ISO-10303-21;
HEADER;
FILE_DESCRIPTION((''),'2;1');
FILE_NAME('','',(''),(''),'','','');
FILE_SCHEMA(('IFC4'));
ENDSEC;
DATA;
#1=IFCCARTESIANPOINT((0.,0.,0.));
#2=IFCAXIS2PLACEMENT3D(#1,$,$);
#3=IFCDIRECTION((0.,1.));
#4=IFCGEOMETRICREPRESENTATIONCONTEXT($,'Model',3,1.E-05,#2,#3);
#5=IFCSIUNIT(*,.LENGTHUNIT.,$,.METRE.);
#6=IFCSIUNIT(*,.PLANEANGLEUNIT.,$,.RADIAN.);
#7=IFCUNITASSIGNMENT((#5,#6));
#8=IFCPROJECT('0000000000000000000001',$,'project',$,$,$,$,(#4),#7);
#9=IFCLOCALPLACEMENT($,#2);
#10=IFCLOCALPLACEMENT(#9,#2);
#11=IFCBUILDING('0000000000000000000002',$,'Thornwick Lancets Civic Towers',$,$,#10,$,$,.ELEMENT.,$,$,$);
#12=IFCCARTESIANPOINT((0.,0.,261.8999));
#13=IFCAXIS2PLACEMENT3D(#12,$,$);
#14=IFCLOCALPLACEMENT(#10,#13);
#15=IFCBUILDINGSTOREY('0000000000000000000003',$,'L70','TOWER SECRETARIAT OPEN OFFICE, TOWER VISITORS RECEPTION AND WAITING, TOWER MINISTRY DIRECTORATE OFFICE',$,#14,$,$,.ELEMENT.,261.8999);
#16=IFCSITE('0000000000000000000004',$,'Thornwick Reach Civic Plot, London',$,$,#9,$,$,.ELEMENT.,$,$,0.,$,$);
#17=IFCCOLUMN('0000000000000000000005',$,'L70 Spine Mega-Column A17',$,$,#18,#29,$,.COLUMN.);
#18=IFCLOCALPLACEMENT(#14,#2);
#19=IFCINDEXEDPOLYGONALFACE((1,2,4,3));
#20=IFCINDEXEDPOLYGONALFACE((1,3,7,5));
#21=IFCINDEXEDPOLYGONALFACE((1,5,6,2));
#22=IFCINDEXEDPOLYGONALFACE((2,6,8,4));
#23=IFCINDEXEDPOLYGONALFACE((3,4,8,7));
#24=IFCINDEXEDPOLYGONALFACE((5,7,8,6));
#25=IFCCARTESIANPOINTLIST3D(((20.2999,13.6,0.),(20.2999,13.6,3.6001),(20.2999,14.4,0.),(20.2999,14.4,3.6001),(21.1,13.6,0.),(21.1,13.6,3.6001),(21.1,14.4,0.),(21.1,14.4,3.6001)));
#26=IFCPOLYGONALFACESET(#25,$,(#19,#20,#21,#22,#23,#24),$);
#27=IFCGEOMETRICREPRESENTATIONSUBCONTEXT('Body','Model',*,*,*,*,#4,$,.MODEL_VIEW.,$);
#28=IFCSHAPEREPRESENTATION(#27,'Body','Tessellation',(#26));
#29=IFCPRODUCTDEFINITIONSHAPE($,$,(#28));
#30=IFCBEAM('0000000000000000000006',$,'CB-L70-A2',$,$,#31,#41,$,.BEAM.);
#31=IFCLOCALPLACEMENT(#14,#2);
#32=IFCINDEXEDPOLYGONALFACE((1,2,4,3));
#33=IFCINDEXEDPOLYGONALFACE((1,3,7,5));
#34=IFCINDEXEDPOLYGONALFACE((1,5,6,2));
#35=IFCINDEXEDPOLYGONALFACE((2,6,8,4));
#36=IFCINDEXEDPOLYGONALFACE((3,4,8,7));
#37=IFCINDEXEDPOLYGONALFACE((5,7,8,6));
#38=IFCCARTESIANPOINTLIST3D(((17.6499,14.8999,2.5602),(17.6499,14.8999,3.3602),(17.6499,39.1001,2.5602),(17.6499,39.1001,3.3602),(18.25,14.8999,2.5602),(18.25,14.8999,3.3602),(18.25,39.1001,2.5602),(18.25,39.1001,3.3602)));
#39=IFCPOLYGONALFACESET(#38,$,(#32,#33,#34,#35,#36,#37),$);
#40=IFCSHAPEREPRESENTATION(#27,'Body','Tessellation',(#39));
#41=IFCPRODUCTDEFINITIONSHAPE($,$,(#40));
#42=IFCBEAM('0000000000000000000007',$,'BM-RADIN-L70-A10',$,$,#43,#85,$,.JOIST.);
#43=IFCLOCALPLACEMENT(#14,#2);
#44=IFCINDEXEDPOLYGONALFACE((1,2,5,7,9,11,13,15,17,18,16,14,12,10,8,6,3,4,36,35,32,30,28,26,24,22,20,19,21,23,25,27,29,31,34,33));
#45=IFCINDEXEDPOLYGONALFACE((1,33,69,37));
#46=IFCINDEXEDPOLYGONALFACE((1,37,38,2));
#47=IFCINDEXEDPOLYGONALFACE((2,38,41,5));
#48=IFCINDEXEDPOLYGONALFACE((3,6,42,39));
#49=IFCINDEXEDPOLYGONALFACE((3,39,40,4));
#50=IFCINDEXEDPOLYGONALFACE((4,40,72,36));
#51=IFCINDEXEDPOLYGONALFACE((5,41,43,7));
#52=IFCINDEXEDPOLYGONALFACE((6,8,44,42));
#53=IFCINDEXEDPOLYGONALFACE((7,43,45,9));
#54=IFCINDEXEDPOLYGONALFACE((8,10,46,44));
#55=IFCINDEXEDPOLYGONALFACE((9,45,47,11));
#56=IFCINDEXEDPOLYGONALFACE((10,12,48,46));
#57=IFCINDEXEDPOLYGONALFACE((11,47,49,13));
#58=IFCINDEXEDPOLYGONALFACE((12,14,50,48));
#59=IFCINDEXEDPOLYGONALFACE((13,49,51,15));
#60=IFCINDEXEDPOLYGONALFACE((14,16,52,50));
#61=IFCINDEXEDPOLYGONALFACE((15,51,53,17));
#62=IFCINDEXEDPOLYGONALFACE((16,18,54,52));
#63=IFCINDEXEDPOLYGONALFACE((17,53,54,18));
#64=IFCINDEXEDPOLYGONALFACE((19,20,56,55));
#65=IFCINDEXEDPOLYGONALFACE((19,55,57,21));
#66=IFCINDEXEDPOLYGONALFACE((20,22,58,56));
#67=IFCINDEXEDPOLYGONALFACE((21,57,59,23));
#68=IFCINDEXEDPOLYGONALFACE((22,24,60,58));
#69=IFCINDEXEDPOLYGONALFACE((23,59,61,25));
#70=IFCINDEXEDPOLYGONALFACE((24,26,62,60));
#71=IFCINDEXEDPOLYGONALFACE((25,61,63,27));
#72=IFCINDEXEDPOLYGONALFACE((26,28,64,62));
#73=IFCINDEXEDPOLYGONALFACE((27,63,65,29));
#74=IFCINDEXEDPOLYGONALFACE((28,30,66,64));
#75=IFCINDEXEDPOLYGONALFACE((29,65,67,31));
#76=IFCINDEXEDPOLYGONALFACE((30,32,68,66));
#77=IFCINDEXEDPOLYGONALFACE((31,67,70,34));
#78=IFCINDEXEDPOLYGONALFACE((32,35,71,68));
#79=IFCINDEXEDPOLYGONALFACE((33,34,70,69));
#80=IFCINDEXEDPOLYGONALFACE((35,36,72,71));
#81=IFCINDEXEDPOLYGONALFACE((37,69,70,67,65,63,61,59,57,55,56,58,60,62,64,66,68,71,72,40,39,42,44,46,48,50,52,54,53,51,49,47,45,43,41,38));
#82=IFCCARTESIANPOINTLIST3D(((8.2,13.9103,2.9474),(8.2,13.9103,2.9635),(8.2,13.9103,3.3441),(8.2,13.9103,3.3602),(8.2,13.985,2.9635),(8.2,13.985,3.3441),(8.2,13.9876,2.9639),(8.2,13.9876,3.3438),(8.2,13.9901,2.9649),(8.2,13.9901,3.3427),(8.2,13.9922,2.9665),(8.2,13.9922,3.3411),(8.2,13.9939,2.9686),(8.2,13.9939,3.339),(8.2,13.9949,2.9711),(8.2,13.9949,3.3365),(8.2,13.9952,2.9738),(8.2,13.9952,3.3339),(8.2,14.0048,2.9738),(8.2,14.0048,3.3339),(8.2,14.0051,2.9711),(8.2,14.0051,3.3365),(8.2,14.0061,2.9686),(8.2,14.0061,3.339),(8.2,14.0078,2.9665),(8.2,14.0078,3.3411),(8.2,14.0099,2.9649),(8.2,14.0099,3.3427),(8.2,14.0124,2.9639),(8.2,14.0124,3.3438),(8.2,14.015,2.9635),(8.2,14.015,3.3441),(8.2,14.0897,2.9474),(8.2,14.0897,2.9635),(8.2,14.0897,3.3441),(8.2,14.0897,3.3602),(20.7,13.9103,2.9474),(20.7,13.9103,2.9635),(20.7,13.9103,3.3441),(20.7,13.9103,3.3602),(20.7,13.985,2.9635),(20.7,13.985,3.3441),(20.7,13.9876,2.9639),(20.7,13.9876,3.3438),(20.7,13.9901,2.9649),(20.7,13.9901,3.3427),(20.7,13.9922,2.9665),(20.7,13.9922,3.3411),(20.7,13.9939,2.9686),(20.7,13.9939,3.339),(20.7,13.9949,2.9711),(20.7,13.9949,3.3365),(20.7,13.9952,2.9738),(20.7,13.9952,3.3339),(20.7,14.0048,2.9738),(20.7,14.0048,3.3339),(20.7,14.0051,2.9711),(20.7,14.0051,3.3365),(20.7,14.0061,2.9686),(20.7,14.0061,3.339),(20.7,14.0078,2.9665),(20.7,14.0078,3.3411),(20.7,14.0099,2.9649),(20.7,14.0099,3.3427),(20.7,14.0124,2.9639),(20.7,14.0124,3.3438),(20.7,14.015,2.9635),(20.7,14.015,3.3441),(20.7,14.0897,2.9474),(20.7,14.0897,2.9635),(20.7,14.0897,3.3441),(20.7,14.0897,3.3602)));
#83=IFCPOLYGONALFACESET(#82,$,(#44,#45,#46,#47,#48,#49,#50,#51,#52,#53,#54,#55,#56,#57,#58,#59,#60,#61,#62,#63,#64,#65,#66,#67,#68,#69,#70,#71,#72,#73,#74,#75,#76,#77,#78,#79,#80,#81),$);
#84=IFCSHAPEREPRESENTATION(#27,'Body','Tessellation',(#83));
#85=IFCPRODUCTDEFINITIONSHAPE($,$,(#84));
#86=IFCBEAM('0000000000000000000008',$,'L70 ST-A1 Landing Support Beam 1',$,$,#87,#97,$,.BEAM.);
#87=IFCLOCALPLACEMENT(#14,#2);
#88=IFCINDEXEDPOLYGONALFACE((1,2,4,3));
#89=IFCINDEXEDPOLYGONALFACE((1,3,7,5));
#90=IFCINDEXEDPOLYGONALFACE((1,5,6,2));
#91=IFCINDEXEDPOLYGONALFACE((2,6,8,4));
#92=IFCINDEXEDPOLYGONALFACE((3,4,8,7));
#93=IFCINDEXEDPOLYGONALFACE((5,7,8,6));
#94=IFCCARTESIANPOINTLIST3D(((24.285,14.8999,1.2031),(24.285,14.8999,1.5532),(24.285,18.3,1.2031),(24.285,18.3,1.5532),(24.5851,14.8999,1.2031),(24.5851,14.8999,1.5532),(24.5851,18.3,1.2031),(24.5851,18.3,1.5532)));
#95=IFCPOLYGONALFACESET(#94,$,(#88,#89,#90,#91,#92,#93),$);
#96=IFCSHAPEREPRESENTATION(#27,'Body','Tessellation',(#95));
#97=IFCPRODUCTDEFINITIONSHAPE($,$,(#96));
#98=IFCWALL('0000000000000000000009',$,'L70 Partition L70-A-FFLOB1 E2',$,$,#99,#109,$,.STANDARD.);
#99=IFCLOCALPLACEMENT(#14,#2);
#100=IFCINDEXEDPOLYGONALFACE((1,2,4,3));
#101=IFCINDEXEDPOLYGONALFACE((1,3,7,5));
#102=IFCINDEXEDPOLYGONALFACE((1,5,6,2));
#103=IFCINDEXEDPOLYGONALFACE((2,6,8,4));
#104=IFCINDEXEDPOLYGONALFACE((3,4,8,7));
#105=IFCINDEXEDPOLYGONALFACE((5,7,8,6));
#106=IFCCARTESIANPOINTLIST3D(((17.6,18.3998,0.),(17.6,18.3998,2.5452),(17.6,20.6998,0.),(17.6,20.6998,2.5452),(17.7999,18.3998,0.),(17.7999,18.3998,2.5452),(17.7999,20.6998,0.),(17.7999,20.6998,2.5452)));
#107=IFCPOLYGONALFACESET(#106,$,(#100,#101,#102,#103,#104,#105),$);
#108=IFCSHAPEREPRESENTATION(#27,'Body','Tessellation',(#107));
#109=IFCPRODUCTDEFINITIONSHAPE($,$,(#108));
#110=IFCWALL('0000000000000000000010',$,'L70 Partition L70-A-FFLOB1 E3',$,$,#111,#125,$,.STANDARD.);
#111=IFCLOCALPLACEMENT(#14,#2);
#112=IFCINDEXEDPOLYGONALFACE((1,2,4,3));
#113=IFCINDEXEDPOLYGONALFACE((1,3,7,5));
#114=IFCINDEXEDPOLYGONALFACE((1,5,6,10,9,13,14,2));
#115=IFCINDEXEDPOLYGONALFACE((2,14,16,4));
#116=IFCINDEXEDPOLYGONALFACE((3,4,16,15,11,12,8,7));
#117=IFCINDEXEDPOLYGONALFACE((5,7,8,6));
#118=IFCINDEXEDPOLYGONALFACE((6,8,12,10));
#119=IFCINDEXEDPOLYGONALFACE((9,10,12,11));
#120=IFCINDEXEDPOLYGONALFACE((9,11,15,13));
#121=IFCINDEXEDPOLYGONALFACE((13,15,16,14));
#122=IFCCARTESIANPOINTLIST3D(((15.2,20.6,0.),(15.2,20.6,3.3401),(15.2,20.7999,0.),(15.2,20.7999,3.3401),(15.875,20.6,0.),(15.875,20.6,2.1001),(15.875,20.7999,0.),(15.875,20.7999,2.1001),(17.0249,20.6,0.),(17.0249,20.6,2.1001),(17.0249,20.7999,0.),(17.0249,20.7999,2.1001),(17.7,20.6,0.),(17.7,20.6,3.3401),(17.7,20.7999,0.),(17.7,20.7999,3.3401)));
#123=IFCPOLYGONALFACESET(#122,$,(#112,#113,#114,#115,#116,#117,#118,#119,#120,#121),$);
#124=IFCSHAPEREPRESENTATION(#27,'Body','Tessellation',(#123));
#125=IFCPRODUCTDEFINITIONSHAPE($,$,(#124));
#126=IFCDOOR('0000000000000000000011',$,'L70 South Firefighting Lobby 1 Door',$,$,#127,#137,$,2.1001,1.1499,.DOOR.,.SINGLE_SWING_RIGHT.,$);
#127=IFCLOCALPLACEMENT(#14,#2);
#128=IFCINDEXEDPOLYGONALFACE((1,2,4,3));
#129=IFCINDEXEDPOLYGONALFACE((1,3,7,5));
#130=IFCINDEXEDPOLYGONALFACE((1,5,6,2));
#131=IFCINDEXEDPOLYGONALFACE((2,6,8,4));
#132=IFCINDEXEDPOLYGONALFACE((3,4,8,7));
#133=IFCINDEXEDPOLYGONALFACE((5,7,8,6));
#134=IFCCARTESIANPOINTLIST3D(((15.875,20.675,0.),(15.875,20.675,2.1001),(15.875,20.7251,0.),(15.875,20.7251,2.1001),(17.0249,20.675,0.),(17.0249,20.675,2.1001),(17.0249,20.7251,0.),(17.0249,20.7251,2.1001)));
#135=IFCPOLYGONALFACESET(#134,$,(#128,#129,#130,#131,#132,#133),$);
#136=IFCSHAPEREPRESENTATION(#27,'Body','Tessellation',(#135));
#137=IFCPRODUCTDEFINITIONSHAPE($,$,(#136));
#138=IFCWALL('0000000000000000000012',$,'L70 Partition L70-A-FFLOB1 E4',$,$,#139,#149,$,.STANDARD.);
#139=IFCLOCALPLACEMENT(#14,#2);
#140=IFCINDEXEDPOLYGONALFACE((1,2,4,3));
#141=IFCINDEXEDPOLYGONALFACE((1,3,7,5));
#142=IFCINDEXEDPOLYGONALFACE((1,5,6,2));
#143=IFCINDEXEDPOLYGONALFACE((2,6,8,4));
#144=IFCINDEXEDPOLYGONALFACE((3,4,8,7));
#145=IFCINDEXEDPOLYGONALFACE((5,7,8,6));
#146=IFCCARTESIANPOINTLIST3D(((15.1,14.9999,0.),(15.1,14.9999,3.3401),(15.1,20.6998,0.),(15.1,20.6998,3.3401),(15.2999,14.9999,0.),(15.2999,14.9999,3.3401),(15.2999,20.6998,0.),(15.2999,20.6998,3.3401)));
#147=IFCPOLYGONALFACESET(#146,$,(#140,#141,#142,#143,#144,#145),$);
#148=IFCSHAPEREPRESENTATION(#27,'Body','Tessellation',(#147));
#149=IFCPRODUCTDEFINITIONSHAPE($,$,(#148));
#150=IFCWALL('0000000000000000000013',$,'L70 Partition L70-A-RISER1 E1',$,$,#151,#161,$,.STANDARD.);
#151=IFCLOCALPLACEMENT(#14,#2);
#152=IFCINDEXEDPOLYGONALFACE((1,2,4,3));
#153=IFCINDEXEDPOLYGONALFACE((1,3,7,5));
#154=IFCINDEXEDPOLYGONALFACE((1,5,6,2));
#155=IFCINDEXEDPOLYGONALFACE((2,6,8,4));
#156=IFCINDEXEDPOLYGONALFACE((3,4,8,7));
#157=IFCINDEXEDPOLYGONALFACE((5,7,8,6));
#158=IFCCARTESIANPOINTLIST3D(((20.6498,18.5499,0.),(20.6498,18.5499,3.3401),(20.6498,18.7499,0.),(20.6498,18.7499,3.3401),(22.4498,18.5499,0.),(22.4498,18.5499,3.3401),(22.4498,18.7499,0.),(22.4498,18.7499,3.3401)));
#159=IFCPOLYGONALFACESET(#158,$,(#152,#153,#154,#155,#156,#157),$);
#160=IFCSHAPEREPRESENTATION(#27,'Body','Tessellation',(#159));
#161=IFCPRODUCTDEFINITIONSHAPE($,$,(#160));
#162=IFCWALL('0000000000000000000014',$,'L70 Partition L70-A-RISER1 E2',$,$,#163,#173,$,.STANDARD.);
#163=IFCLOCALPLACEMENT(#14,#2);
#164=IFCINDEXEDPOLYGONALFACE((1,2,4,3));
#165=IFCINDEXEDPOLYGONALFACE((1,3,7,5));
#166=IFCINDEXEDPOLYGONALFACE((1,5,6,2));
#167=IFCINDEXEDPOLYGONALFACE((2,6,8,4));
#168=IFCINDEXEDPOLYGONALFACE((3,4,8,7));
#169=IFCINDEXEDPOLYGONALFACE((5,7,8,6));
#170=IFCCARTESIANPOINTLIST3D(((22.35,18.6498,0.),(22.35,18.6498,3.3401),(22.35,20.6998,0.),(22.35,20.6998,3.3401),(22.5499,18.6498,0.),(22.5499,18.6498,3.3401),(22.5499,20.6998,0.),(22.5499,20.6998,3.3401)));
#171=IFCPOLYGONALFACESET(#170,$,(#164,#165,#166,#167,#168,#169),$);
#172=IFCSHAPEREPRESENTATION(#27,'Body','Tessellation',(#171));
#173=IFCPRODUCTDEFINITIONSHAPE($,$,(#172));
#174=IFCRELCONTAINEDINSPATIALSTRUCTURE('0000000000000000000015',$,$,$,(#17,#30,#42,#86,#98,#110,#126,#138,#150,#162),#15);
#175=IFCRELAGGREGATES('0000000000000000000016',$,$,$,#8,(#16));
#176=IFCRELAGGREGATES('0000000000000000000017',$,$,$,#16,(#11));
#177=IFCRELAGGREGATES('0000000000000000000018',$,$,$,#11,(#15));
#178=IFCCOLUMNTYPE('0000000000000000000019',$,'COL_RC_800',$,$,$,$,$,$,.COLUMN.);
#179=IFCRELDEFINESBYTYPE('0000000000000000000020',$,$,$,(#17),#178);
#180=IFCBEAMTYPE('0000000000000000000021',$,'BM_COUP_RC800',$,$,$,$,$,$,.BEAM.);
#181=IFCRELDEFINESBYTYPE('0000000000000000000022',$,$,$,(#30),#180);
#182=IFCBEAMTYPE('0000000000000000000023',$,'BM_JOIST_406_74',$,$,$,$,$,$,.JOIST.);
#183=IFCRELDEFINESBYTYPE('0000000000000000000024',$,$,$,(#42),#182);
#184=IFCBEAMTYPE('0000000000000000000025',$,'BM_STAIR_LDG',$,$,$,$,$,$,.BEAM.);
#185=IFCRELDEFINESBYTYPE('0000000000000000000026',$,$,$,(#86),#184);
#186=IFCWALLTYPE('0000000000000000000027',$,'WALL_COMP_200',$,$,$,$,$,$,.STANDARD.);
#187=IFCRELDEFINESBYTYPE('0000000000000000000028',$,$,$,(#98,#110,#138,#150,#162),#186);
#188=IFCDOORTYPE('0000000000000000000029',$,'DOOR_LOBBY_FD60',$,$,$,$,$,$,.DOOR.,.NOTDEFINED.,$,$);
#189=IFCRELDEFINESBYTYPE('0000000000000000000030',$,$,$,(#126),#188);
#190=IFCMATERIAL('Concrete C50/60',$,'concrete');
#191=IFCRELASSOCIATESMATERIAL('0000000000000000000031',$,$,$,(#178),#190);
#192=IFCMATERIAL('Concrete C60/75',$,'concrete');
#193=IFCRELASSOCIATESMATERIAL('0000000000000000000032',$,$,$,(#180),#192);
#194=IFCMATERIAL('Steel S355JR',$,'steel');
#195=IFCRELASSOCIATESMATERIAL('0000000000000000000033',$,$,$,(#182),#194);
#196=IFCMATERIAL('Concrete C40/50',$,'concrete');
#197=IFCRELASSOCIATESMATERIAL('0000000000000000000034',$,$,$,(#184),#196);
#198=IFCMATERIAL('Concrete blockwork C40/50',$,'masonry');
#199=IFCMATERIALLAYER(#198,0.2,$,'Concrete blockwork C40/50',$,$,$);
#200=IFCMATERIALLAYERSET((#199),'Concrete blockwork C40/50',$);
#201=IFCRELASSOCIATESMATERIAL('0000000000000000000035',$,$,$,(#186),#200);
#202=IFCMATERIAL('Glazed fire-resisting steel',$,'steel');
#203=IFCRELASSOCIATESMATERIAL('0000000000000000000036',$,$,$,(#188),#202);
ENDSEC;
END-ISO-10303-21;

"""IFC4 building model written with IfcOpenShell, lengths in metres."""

from ifc_helpers import new_model, si_unit, direction, frame, frame_2d, origin, origin_2d, place, context, subcontext, project, spatial, rectangle, i_section, extrude, material, layer, layer_set, material_profile, profile_set, type_object, element, fill, save


model = new_model("IFC4")

# Units and contexts
model_context = context("Model", 3, precision=1e-05, world=origin(), true_north=direction((0.0, 1.0)))
body_context = subcontext(model_context, "Body", "Model", "MODEL_VIEW")
ifc_project = project(units=[si_unit("LENGTHUNIT", "METRE"), si_unit("PLANEANGLEUNIT", "RADIAN")], contexts=[model_context])

# Site, building, storey
site_placement = place(None, origin())
site = spatial("IfcSite", under=ifc_project, at=site_placement, Name="Thornwick Reach Civic Plot, London", CompositionType="ELEMENT", RefElevation=0.0)
building_placement = place(site_placement, origin())
building = spatial("IfcBuilding", under=site, at=building_placement, Name="Thornwick Lancets Civic Towers", CompositionType="ELEMENT")
storey_placement = place(building_placement, frame((0.0, 0.0, 261.8999)))
storey = spatial("IfcBuildingStorey", under=building, at=storey_placement, Name="L70", Description="TOWER SECRETARIAT OPEN OFFICE, TOWER VISITORS RECEPTION AND WAITING, TOWER MINISTRY DIRECTORATE OFFICE", CompositionType="ELEMENT", Elevation=261.8999)

# Column
ifc_material_1 = material(Name="Concrete C50/60", Category="concrete")
ifc_material_profile_1 = material_profile(ifc_material_1, rectangle(XDim=0.8, YDim=0.8, at=origin_2d()), Name="RC 800x800")
ifc_profile_set_1 = profile_set([ifc_material_profile_1], Name="Concrete C50/60")
column_type = type_object("IfcColumnType", Name="COL_RC_800", PredefinedType="COLUMN", material=ifc_profile_set_1)
column_placement = place(storey_placement, frame((20.7, 14.0, 0.0), z_axis=(0.0, 0.0, 1.0), x_axis=(1.0, 0.0, 0.0)))
element("IfcColumn", 1, at=column_placement, inside=storey, type_object=column_type, Name="L70 Spine Mega-Column A17", PredefinedType="COLUMN", context=body_context, shape_type="SweptSolid", body=[
    extrude(rectangle(XDim=0.8, YDim=0.8, at=origin_2d()), origin(), (0.0, 0.0, 1.0), 3.6001),
])

# Beams
ifc_material_2 = material(Name="Concrete C60/75", Category="concrete")
ifc_material_profile_2 = material_profile(ifc_material_2, rectangle(XDim=0.6001, YDim=0.8, at=origin_2d()), Name="RC 600x800")
ifc_profile_set_2 = profile_set([ifc_material_profile_2], Name="Concrete C60/75")
beam_type_1 = type_object("IfcBeamType", Name="BM_COUP_RC800", PredefinedType="BEAM", material=ifc_profile_set_2)
beam_1_placement = place(storey_placement, frame((17.95, 14.8999, 2.9602), z_axis=(0.0, 1.0, 0.0), x_axis=(-1.0, 0.0, 0.0)))
element("IfcBeam", 2, at=beam_1_placement, inside=storey, type_object=beam_type_1, Name="CB-L70-A2", PredefinedType="BEAM", context=body_context, shape_type="SweptSolid", body=[
    extrude(rectangle(XDim=0.6001, YDim=0.8, at=origin_2d()), origin(), (0.0, 0.0, 1.0), 24.2002),
])
ifc_material_3 = material(Name="Steel S355JR", Category="steel")
ifc_material_profile_3 = material_profile(ifc_material_3, i_section(OverallWidth=0.1794, OverallDepth=0.4128, WebThickness=0.0095, FlangeThickness=0.0161, FilletRadius=0.0103, at=origin_2d()), Name="UKB 406x178x74")
ifc_profile_set_3 = profile_set([ifc_material_profile_3], Name="Steel S355JR")
beam_type_2 = type_object("IfcBeamType", Name="BM_JOIST_406_74", PredefinedType="JOIST", material=ifc_profile_set_3)
beam_2_placement = place(storey_placement, frame((20.7, 14.0, 3.1538), z_axis=(-1.0, 0.0, 0.0), x_axis=(0.0, -1.0, 0.0)))
element("IfcBeam", 3, at=beam_2_placement, inside=storey, type_object=beam_type_2, Name="BM-RADIN-L70-A10", PredefinedType="JOIST", context=body_context, shape_type="SweptSolid", body=[
    extrude(i_section(OverallWidth=0.1794, OverallDepth=0.4128, WebThickness=0.0095, FlangeThickness=0.0161, FilletRadius=0.0103, at=origin_2d()), origin(), (0.0, 0.0, 1.0), 12.5),
])
ifc_material_4 = material(Name="Concrete C40/50", Category="concrete")
ifc_material_profile_4 = material_profile(ifc_material_4, rectangle(XDim=0.3, YDim=0.3501, at=origin_2d()), Name="RC 300x350")
ifc_profile_set_4 = profile_set([ifc_material_profile_4], Name="Concrete C40/50")
beam_type_3 = type_object("IfcBeamType", Name="BM_STAIR_LDG", PredefinedType="BEAM", material=ifc_profile_set_4)
beam_3_placement = place(storey_placement, frame((24.4351, 14.8999, 1.3782), z_axis=(0.0, 1.0, 0.0), x_axis=(-1.0, 0.0, 0.0)))
element("IfcBeam", 4, at=beam_3_placement, inside=storey, type_object=beam_type_3, Name="L70 ST-A1 Landing Support Beam 1", PredefinedType="BEAM", context=body_context, shape_type="SweptSolid", body=[
    extrude(rectangle(XDim=0.3, YDim=0.3501, at=origin_2d()), origin(), (0.0, 0.0, 1.0), 3.4001),
])

# Wall
ifc_material_5 = material(Name="Concrete blockwork C40/50", Category="masonry")
ifc_layer_1 = layer(ifc_material_5, 0.2, Name="Concrete blockwork C40/50")
ifc_layer_set_1 = layer_set([ifc_layer_1], Name="Concrete blockwork C40/50")
wall_type_1 = type_object("IfcWallType", Name="WALL_COMP_200", PredefinedType="STANDARD", material=ifc_layer_set_1)
wall_1_placement = place(storey_placement, frame((17.7, 18.3999, 0.0), z_axis=(0.0, 0.0, 1.0), x_axis=(0.0, 1.0, 0.0)))
element("IfcWall", 5, at=wall_1_placement, inside=storey, type_object=wall_type_1, Name="L70 Partition L70-A-FFLOB1 E2", PredefinedType="STANDARD", context=body_context, shape_type="SweptSolid", body=[
    extrude(rectangle(XDim=2.3, YDim=0.2, at=frame_2d((1.1499, 0.0))), origin(), (0.0, 0.0, 1.0), 2.5452),
])

# Wall, opening, door
wall_2_placement = place(storey_placement, frame((17.7, 20.7, 0.0), z_axis=(0.0, 0.0, 1.0), x_axis=(-1.0, 0.0, 0.0)))
wall_2 = element("IfcWall", 6, at=wall_2_placement, inside=storey, type_object=wall_type_1, Name="L70 Partition L70-A-FFLOB1 E3", PredefinedType="STANDARD", context=body_context, shape_type="SweptSolid", body=[
    extrude(rectangle(XDim=2.5, YDim=0.2, at=frame_2d((1.25, 0.0))), origin(), (0.0, 0.0, 1.0), 3.3401),
])
opening_1_placement = place(wall_2_placement, frame((0.675, 0.0, 0.0)))
opening_1 = element("IfcOpeningElement", 7, at=opening_1_placement, cuts=wall_2, PredefinedType="OPENING", context=body_context, shape_type="SweptSolid", body=[
    extrude(rectangle(XDim=1.1499, YDim=2.1001, at=frame_2d((0.575, 1.05))), frame((0.0, 0.1099, 0.0), z_axis=(0.0, -1.0, 0.0), x_axis=(1.0, 0.0, 0.0)), (0.0, 0.0, 1.0), 0.22),
])
ifc_material_6 = material(Name="Glazed fire-resisting steel", Category="steel")
door_type_1 = type_object("IfcDoorType", Name="DOOR_LOBBY_FD60", OperationType="NOTDEFINED", PredefinedType="DOOR", material=ifc_material_6)
door_1_placement = place(opening_1_placement, origin())
door_1 = element("IfcDoor", 8, at=door_1_placement, inside=storey, type_object=door_type_1, Name="L70 South Firefighting Lobby 1 Door", OperationType="SINGLE_SWING_RIGHT", OverallHeight=2.1001, OverallWidth=1.1499, PredefinedType="DOOR", context=body_context, shape_type="SweptSolid", body=[
    extrude(rectangle(XDim=1.1499, YDim=2.1001, at=frame_2d((0.575, 1.05))), frame((0.0, 0.0249, 0.0), z_axis=(0.0, -1.0, 0.0), x_axis=(1.0, 0.0, 0.0)), (0.0, 0.0, 1.0), 0.05),
])
fill(opening_1, door_1)

# Walls
wall_3_placement = place(storey_placement, frame((15.2, 20.7, 0.0), z_axis=(0.0, 0.0, 1.0), x_axis=(0.0, -1.0, 0.0)))
element("IfcWall", 9, at=wall_3_placement, inside=storey, type_object=wall_type_1, Name="L70 Partition L70-A-FFLOB1 E4", PredefinedType="STANDARD", context=body_context, shape_type="SweptSolid", body=[
    extrude(rectangle(XDim=5.7, YDim=0.2, at=frame_2d((2.8501, 0.0))), origin(), (0.0, 0.0, 1.0), 3.3401),
])
wall_4_placement = place(storey_placement, frame((20.6499, 18.6499, 0.0), z_axis=(0.0, 0.0, 1.0), x_axis=(1.0, 0.0, 0.0)))
element("IfcWall", 10, at=wall_4_placement, inside=storey, type_object=wall_type_1, Name="L70 Partition L70-A-RISER1 E1", PredefinedType="STANDARD", context=body_context, shape_type="SweptSolid", body=[
    extrude(rectangle(XDim=1.8, YDim=0.2, at=frame_2d((0.8999, 0.0))), origin(), (0.0, 0.0, 1.0), 3.3401),
])
wall_5_placement = place(storey_placement, frame((22.45, 18.6499, 0.0), z_axis=(0.0, 0.0, 1.0), x_axis=(0.0, 1.0, 0.0)))
element("IfcWall", 11, at=wall_5_placement, inside=storey, type_object=wall_type_1, Name="L70 Partition L70-A-RISER1 E2", PredefinedType="STANDARD", context=body_context, shape_type="SweptSolid", body=[
    extrude(rectangle(XDim=2.05, YDim=0.2, at=frame_2d((1.0249, 0.0))), origin(), (0.0, 0.0, 1.0), 3.3401),
])

save(model, "model.ifc")
